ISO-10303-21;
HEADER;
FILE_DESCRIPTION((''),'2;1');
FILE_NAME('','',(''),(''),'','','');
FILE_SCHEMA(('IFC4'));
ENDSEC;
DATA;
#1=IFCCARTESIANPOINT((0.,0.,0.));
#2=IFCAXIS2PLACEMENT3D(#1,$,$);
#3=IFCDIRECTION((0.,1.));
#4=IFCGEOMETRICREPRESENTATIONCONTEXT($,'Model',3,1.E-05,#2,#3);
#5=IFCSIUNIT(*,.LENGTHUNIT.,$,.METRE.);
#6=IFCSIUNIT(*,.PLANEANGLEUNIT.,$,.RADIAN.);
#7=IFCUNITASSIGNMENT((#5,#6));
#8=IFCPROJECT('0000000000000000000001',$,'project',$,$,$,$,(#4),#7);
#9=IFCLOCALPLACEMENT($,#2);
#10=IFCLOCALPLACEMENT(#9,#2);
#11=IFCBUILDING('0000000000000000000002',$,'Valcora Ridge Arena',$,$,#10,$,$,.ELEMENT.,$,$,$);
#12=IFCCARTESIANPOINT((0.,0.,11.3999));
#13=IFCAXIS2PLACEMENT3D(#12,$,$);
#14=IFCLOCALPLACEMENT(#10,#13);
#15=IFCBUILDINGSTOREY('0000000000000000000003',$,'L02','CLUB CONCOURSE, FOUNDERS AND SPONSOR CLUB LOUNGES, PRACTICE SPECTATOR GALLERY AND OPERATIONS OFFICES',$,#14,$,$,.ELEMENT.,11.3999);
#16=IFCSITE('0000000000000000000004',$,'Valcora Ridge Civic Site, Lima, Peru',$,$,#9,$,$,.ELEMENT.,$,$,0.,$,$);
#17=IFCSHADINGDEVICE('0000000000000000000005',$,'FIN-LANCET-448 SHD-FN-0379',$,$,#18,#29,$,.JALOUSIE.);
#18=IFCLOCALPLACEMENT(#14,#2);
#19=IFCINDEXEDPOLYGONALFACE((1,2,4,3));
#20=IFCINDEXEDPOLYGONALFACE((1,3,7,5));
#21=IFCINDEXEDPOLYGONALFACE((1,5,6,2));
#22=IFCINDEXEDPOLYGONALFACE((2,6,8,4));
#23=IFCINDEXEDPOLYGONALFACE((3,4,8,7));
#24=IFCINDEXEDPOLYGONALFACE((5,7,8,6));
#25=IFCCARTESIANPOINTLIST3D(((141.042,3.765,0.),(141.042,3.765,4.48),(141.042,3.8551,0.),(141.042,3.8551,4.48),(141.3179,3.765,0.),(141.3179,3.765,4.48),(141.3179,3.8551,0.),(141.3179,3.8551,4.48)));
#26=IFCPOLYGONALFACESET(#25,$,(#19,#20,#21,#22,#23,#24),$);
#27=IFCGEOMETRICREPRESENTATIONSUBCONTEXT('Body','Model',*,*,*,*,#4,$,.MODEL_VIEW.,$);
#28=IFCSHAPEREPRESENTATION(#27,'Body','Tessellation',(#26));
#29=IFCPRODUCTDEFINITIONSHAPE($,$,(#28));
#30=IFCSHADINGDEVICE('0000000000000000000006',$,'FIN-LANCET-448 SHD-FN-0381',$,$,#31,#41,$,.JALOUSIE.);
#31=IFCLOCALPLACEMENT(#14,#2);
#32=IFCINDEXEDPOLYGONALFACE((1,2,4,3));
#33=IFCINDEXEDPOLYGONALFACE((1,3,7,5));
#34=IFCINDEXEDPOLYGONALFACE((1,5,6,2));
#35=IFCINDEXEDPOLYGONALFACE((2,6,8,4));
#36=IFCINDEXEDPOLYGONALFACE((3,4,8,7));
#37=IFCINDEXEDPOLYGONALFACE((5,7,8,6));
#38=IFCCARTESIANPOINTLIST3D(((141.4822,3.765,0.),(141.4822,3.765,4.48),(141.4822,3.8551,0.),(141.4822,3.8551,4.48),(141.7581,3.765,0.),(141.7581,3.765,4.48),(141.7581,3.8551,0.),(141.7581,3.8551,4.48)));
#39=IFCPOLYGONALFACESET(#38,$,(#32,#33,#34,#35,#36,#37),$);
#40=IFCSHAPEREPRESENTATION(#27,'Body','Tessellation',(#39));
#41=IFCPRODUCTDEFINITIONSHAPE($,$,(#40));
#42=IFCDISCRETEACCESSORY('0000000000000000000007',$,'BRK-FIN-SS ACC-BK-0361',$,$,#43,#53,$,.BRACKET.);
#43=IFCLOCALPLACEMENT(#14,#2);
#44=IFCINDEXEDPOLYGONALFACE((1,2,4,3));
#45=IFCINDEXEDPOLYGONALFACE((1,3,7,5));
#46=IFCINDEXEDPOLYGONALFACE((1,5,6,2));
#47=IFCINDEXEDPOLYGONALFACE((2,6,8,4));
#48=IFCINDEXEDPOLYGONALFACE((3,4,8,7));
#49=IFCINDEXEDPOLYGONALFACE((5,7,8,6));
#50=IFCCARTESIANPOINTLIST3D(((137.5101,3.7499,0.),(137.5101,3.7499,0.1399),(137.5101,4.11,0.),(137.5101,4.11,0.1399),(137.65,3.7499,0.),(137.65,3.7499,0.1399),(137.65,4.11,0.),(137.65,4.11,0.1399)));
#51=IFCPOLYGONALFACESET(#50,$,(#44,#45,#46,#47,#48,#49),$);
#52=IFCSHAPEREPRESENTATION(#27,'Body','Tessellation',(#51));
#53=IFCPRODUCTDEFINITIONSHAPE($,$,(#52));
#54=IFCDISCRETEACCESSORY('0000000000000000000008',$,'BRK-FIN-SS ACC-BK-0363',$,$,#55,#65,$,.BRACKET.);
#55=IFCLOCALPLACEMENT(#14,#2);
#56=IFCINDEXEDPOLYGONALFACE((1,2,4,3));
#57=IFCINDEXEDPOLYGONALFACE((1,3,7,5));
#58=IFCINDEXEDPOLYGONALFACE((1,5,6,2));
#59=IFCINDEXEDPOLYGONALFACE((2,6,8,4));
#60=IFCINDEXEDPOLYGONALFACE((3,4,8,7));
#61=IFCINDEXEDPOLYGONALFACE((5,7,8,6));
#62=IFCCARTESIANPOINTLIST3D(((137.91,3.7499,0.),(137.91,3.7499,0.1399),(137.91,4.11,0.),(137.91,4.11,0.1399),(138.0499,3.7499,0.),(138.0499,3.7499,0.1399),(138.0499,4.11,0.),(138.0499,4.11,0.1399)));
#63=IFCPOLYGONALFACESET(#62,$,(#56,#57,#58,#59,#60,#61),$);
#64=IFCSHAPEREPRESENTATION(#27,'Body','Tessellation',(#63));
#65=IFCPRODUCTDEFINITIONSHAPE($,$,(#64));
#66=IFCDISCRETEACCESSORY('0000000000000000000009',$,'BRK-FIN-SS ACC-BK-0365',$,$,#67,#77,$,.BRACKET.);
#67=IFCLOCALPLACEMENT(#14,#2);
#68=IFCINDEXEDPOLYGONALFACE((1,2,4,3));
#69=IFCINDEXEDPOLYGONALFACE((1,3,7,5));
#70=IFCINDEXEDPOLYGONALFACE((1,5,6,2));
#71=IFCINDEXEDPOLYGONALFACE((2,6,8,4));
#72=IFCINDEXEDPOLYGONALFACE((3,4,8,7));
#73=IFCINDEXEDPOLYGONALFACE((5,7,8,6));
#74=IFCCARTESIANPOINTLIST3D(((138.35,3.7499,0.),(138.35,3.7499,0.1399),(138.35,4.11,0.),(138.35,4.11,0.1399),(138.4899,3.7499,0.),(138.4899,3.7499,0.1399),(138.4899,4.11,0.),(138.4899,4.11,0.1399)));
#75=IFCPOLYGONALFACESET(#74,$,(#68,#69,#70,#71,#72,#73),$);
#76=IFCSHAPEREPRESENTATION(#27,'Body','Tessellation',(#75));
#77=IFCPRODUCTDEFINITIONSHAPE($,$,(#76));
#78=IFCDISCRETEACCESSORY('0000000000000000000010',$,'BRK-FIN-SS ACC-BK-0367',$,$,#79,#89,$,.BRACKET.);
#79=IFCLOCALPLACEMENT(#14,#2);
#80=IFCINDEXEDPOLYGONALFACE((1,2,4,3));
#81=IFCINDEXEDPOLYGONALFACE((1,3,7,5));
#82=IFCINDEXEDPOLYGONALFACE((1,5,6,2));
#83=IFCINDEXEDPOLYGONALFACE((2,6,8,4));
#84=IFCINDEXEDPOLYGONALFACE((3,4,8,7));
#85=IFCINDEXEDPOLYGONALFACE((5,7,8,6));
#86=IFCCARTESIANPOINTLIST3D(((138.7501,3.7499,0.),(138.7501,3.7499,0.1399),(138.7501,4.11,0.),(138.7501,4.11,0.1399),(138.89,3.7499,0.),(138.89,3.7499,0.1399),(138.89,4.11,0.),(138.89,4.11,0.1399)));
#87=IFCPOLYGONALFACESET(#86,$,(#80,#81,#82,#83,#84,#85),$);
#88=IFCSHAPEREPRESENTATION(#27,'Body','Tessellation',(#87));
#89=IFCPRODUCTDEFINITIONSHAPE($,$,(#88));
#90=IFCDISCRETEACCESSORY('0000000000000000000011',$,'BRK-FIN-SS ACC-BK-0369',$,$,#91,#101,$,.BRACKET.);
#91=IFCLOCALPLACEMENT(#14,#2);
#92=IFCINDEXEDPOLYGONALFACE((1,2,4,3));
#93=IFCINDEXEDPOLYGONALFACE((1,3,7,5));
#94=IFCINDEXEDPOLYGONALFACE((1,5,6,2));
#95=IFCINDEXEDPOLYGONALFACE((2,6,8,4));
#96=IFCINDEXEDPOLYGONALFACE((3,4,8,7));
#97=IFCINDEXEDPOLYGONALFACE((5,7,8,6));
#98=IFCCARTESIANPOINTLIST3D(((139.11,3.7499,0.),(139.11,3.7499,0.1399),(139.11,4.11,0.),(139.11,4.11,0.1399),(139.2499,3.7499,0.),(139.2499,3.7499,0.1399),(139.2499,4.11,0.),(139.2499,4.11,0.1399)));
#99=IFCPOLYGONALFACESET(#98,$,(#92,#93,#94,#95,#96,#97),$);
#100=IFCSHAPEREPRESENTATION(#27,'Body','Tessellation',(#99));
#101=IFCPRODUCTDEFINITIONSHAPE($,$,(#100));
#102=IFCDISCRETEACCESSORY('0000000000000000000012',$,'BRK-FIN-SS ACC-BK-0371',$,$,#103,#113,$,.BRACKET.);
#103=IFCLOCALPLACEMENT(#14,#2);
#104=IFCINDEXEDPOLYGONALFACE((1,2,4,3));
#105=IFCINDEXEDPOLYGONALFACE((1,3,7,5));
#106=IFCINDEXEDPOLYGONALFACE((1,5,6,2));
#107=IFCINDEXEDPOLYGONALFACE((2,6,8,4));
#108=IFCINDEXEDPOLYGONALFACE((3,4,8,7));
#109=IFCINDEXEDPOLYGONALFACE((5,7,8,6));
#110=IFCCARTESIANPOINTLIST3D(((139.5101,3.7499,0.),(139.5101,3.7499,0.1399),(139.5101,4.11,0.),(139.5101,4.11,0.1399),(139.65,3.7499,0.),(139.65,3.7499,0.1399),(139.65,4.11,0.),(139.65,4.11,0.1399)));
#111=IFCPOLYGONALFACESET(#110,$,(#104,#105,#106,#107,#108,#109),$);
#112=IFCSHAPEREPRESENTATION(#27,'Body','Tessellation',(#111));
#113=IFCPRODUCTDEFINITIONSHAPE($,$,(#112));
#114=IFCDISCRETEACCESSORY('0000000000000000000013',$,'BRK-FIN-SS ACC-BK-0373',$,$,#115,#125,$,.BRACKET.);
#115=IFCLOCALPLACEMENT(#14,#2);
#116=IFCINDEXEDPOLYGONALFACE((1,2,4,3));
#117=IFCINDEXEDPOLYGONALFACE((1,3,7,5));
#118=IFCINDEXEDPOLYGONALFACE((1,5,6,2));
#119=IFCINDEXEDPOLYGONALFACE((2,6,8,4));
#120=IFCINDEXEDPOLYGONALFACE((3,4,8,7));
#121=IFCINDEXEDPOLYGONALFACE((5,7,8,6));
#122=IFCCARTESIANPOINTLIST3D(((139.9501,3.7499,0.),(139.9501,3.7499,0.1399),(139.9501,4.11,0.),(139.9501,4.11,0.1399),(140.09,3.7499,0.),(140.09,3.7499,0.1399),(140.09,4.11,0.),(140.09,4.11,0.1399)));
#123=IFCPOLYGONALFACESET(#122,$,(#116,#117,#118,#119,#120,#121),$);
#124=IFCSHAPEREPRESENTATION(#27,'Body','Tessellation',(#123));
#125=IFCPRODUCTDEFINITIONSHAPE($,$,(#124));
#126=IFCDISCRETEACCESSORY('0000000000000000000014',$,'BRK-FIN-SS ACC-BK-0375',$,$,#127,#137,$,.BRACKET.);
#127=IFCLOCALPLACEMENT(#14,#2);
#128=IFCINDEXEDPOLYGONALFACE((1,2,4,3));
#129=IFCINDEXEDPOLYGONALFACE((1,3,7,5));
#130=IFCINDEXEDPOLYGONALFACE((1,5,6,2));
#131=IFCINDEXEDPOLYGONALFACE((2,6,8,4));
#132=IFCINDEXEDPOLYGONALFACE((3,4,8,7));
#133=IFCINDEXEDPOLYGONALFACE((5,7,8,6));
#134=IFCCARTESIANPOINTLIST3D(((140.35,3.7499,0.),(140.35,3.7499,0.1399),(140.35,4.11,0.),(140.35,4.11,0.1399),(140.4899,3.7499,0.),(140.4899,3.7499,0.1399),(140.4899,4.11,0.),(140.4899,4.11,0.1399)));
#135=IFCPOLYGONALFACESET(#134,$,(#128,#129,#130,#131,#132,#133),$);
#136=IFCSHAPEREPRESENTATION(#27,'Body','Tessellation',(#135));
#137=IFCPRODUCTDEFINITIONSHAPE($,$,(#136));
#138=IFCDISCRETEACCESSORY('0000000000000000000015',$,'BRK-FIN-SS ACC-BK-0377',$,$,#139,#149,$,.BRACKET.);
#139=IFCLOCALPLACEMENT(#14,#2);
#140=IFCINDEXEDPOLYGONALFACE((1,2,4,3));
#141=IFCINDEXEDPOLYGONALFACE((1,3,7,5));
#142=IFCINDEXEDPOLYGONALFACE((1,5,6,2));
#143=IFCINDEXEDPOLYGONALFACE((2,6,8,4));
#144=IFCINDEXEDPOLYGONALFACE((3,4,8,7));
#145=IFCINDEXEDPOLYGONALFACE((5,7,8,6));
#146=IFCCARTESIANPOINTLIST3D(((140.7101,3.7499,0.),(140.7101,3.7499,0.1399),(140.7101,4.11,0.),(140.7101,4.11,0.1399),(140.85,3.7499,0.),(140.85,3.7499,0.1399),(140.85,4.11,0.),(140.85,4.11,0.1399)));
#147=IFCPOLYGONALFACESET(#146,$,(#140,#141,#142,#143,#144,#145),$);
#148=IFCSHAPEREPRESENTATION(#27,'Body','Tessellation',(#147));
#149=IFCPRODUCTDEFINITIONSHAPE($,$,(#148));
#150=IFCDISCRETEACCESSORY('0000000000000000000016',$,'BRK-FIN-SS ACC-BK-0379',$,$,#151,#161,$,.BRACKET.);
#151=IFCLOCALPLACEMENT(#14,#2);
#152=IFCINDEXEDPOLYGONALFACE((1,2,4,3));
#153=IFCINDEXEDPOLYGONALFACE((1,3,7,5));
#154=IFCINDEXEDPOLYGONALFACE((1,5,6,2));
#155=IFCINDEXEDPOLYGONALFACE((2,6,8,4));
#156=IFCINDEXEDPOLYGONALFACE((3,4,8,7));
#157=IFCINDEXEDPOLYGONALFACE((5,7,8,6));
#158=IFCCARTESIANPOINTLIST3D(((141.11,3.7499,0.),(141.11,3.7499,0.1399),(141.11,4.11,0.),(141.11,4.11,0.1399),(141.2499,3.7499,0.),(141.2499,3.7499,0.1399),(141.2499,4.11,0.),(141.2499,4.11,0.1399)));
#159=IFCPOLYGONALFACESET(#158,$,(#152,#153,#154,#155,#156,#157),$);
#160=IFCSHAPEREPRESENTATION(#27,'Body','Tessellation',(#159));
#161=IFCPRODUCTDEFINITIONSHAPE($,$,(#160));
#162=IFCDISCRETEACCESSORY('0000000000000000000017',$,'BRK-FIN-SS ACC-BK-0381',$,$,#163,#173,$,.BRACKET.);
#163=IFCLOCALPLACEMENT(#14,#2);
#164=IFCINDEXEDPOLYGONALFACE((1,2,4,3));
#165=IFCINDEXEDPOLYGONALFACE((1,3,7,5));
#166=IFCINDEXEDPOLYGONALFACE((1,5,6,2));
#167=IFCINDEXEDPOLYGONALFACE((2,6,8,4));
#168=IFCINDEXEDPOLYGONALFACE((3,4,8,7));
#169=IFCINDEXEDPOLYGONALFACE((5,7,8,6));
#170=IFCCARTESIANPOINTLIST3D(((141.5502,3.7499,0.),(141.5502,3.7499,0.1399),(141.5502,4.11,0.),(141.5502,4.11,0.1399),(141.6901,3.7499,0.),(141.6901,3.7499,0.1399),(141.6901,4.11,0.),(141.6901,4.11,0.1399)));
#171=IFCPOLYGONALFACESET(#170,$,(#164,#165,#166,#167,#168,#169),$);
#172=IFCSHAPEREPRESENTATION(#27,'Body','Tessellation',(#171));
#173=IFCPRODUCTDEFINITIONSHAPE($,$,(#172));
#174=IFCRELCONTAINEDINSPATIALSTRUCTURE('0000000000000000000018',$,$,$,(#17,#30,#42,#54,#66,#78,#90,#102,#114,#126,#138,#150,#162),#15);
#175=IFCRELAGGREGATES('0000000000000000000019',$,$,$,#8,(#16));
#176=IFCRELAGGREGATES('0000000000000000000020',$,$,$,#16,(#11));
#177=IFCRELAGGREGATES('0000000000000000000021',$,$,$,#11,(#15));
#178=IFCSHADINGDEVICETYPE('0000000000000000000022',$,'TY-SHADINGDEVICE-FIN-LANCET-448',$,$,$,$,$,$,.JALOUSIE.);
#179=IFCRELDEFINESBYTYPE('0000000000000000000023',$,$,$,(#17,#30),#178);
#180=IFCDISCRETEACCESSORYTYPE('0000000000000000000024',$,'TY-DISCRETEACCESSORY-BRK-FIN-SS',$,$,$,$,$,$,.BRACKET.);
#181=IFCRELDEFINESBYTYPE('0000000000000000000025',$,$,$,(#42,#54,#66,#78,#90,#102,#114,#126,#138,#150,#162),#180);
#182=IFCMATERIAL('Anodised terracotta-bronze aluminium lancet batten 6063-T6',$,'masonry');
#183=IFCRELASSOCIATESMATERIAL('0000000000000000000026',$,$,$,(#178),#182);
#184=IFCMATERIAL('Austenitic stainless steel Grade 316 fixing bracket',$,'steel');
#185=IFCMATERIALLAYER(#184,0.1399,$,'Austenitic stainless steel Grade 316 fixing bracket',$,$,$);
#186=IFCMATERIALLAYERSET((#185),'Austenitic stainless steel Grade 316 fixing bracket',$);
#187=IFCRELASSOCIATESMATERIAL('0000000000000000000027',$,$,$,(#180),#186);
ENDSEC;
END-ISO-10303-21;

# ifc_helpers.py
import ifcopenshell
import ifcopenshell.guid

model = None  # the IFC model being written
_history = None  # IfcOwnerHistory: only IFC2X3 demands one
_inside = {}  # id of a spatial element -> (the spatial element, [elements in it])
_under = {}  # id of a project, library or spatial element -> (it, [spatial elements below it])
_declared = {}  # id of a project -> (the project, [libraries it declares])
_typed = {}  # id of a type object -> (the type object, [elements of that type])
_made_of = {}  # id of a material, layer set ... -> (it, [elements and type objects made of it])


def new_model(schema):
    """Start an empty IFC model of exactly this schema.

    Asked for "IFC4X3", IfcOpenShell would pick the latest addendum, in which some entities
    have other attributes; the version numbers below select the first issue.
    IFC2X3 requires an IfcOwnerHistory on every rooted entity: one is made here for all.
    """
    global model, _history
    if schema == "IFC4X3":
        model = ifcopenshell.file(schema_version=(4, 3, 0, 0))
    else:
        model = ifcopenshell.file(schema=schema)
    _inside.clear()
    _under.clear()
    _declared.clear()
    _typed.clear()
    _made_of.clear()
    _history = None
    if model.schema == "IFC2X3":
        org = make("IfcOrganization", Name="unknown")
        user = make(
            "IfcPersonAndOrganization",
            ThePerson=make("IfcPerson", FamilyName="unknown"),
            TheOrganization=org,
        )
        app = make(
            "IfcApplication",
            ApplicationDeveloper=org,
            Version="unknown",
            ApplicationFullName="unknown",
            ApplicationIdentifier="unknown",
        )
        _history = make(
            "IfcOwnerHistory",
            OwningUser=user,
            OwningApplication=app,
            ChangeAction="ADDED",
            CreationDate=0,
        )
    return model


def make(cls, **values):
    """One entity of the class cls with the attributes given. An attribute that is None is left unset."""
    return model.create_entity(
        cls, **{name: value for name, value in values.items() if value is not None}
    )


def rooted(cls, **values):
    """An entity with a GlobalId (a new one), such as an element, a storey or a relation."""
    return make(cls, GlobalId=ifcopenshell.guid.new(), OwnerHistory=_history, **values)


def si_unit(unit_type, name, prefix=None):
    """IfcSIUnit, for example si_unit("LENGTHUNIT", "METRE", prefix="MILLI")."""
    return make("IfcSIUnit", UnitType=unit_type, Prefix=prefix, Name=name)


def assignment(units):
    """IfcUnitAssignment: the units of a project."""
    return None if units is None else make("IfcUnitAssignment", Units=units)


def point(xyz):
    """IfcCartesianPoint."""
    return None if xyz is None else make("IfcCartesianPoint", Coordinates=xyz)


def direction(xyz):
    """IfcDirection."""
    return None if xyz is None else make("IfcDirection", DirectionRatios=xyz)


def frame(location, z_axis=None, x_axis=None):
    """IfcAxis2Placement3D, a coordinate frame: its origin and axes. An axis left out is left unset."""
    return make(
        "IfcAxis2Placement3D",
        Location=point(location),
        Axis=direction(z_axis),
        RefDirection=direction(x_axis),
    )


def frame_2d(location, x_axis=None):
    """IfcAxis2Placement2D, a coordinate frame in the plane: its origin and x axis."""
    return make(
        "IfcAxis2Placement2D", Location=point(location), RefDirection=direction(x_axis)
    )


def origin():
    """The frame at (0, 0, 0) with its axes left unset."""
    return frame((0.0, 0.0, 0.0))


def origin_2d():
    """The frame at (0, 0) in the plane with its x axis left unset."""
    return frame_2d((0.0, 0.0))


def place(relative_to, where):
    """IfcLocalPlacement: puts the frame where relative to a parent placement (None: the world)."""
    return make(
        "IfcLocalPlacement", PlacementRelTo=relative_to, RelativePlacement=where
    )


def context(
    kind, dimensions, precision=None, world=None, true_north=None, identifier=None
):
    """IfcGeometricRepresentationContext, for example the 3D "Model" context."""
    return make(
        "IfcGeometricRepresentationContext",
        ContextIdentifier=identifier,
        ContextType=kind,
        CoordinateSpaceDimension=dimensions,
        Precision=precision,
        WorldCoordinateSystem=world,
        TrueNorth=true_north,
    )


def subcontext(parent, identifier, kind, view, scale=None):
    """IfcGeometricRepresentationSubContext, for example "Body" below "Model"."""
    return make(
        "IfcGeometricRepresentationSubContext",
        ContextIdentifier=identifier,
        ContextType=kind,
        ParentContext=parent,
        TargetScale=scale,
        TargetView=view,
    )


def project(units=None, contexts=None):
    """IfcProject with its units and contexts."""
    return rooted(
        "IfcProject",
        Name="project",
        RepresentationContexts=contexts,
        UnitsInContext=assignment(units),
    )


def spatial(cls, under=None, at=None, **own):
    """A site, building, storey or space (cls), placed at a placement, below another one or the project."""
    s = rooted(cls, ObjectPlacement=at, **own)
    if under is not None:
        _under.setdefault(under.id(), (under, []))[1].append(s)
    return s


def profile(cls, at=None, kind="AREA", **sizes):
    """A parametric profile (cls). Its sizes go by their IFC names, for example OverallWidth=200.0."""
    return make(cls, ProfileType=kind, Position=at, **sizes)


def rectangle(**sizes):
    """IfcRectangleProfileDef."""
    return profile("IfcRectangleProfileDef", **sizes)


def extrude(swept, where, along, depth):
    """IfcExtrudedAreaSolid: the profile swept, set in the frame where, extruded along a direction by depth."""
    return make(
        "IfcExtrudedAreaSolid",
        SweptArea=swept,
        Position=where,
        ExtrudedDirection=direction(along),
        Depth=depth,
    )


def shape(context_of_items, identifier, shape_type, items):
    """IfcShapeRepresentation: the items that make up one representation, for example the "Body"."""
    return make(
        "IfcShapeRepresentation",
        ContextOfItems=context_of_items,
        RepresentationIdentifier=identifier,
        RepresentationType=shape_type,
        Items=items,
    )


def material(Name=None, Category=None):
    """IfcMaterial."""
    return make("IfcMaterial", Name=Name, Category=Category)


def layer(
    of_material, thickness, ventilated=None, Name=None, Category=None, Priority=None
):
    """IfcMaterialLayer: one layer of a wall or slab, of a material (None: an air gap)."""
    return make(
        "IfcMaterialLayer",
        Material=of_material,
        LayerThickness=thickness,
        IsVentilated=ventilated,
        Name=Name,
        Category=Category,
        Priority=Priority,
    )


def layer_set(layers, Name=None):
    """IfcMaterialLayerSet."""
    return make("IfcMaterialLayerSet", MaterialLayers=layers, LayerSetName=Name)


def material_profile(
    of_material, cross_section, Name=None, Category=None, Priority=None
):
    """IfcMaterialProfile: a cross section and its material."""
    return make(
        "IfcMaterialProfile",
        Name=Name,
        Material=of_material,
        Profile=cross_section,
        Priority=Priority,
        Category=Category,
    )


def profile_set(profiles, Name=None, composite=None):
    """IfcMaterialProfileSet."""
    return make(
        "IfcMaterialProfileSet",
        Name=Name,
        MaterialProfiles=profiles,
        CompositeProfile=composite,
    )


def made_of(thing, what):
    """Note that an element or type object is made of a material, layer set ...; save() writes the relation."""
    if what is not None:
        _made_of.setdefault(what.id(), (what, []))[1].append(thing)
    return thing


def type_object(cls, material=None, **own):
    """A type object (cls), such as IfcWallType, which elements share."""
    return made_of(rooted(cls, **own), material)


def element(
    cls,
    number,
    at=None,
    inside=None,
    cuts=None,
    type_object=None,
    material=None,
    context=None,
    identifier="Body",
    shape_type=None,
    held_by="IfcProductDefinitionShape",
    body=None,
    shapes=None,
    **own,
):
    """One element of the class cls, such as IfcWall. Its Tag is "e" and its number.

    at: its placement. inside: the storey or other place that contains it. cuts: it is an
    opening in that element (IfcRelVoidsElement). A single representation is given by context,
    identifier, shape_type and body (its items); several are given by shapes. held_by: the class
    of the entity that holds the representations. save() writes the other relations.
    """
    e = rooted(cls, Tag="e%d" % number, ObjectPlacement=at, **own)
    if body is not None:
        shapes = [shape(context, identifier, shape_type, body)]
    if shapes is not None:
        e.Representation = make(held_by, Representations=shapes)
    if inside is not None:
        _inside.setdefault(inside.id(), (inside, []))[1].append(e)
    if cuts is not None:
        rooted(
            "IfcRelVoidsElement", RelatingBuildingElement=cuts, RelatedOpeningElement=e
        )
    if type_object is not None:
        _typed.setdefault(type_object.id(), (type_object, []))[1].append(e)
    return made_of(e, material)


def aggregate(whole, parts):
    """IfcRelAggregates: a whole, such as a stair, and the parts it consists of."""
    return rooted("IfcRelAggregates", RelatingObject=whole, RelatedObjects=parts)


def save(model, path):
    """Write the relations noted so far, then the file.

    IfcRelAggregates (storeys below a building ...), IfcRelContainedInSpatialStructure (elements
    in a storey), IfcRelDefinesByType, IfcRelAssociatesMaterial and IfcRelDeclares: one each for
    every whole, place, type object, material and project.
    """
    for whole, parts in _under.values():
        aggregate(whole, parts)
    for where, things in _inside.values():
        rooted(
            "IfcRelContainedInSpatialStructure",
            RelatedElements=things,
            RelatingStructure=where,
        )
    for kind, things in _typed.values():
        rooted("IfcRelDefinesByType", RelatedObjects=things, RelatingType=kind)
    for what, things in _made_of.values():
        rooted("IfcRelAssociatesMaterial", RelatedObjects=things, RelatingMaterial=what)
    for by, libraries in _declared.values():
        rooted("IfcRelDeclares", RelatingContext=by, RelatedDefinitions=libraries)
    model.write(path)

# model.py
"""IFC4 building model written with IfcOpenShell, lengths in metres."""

from ifc_helpers import new_model, si_unit, direction, frame, origin, origin_2d, place, context, subcontext, project, spatial, rectangle, extrude, material, layer, layer_set, material_profile, profile_set, type_object, element, save


model = new_model("IFC4")

# Units and contexts
model_context = context("Model", 3, precision=1e-05, world=origin(), true_north=direction((0.0, 1.0)))
body_context = subcontext(model_context, "Body", "Model", "MODEL_VIEW")
ifc_project = project(units=[si_unit("LENGTHUNIT", "METRE"), si_unit("PLANEANGLEUNIT", "RADIAN")], contexts=[model_context])

# Site, building, storey
site_placement = place(None, origin())
site = spatial("IfcSite", under=ifc_project, at=site_placement, Name="Valcora Ridge Civic Site, Lima, Peru", CompositionType="ELEMENT", RefElevation=0.0)
building_placement = place(site_placement, origin())
building = spatial("IfcBuilding", under=site, at=building_placement, Name="Valcora Ridge Arena", CompositionType="ELEMENT")
storey_placement = place(building_placement, frame((0.0, 0.0, 11.3999)))
storey = spatial("IfcBuildingStorey", under=building, at=storey_placement, Name="L02", Description="CLUB CONCOURSE, FOUNDERS AND SPONSOR CLUB LOUNGES, PRACTICE SPECTATOR GALLERY AND OPERATIONS OFFICES", CompositionType="ELEMENT", Elevation=11.3999)

# Shared definitions
ifc_material_1 = material(Name="Anodised terracotta-bronze aluminium lancet batten 6063-T6", Category="masonry")

# Shading devices
ifc_material_profile_1 = material_profile(ifc_material_1, rectangle(XDim=0.0901, YDim=0.2759, at=origin_2d()), Name="ALU LANCET BATTEN 90x276")
ifc_profile_set_1 = profile_set([ifc_material_profile_1], Name="Anodised terracotta-bronze aluminium lancet batten 6063-T6")
shading_device_type = type_object("IfcShadingDeviceType", Name="TY-SHADINGDEVICE-FIN-LANCET-448", PredefinedType="JALOUSIE", material=ifc_profile_set_1)
for number, where, z_axis, x_axis, name in (
    (1, (141.1799, 3.8101, 0.0), (0.0, 0.0, 1.0), (0.0, 1.0, 0.0), "FIN-LANCET-448 SHD-FN-0379"),
    (2, (141.6201, 3.8101, 0.0), (0.0, 0.0, 1.0), (0.0, 1.0, 0.0), "FIN-LANCET-448 SHD-FN-0381"),
):
    element("IfcShadingDevice", number, at=place(storey_placement, frame(where, z_axis=z_axis, x_axis=x_axis)), inside=storey, type_object=shading_device_type, Name=name, PredefinedType="JALOUSIE", context=body_context, shape_type="SweptSolid", body=[
        extrude(rectangle(XDim=0.0901, YDim=0.2759, at=origin_2d()), origin(), (0.0, 0.0, 1.0), 4.48),
    ])

# Discrete accessories
ifc_material_2 = material(Name="Austenitic stainless steel Grade 316 fixing bracket", Category="steel")
ifc_layer_1 = layer(ifc_material_2, 0.1399, Name="Austenitic stainless steel Grade 316 fixing bracket")
ifc_layer_set_1 = layer_set([ifc_layer_1], Name="Austenitic stainless steel Grade 316 fixing bracket")
discrete_accessory_type = type_object("IfcDiscreteAccessoryType", Name="TY-DISCRETEACCESSORY-BRK-FIN-SS", PredefinedType="BRACKET", material=ifc_layer_set_1)
for number, where, z_axis, x_axis, name in (
    (3, (137.5801, 3.9299, 0.0), (0.0, 0.0, 1.0), (0.0, 1.0, 0.0), "BRK-FIN-SS ACC-BK-0361"),
    (4, (137.98, 3.9299, 0.0), (0.0, 0.0, 1.0), (0.0, 1.0, 0.0), "BRK-FIN-SS ACC-BK-0363"),
    (5, (138.4199, 3.9299, 0.0), (0.0, 0.0, 1.0), (0.0, 1.0, 0.0), "BRK-FIN-SS ACC-BK-0365"),
    (6, (138.8201, 3.9299, 0.0), (0.0, 0.0, 1.0), (0.0, 1.0, 0.0), "BRK-FIN-SS ACC-BK-0367"),
    (7, (139.1799, 3.9299, 0.0), (0.0, 0.0, 1.0), (0.0, 1.0, 0.0), "BRK-FIN-SS ACC-BK-0369"),
    (8, (139.5801, 3.9299, 0.0), (0.0, 0.0, 1.0), (0.0, 1.0, 0.0), "BRK-FIN-SS ACC-BK-0371"),
    (9, (140.02, 3.9299, 0.0), (0.0, 0.0, 1.0), (0.0, 1.0, 0.0), "BRK-FIN-SS ACC-BK-0373"),
    (10, (140.4199, 3.9299, 0.0), (0.0, 0.0, 1.0), (0.0, 1.0, 0.0), "BRK-FIN-SS ACC-BK-0375"),
    (11, (140.78, 3.9299, 0.0), (0.0, 0.0, 1.0), (0.0, 1.0, 0.0), "BRK-FIN-SS ACC-BK-0377"),
    (12, (141.1799, 3.9299, 0.0), (0.0, 0.0, 1.0), (0.0, 1.0, 0.0), "BRK-FIN-SS ACC-BK-0379"),
    (13, (141.6201, 3.9299, 0.0), (0.0, 0.0, 1.0), (0.0, 1.0, 0.0), "BRK-FIN-SS ACC-BK-0381"),
):
    element("IfcDiscreteAccessory", number, at=place(storey_placement, frame(where, z_axis=z_axis, x_axis=x_axis)), inside=storey, type_object=discrete_accessory_type, Name=name, PredefinedType="BRACKET", context=body_context, shape_type="SweptSolid", body=[
        extrude(rectangle(XDim=0.3601, YDim=0.1399, at=origin_2d()), origin(), (0.0, 0.0, 1.0), 0.1399),
    ])

save(model, "model.ifc")
